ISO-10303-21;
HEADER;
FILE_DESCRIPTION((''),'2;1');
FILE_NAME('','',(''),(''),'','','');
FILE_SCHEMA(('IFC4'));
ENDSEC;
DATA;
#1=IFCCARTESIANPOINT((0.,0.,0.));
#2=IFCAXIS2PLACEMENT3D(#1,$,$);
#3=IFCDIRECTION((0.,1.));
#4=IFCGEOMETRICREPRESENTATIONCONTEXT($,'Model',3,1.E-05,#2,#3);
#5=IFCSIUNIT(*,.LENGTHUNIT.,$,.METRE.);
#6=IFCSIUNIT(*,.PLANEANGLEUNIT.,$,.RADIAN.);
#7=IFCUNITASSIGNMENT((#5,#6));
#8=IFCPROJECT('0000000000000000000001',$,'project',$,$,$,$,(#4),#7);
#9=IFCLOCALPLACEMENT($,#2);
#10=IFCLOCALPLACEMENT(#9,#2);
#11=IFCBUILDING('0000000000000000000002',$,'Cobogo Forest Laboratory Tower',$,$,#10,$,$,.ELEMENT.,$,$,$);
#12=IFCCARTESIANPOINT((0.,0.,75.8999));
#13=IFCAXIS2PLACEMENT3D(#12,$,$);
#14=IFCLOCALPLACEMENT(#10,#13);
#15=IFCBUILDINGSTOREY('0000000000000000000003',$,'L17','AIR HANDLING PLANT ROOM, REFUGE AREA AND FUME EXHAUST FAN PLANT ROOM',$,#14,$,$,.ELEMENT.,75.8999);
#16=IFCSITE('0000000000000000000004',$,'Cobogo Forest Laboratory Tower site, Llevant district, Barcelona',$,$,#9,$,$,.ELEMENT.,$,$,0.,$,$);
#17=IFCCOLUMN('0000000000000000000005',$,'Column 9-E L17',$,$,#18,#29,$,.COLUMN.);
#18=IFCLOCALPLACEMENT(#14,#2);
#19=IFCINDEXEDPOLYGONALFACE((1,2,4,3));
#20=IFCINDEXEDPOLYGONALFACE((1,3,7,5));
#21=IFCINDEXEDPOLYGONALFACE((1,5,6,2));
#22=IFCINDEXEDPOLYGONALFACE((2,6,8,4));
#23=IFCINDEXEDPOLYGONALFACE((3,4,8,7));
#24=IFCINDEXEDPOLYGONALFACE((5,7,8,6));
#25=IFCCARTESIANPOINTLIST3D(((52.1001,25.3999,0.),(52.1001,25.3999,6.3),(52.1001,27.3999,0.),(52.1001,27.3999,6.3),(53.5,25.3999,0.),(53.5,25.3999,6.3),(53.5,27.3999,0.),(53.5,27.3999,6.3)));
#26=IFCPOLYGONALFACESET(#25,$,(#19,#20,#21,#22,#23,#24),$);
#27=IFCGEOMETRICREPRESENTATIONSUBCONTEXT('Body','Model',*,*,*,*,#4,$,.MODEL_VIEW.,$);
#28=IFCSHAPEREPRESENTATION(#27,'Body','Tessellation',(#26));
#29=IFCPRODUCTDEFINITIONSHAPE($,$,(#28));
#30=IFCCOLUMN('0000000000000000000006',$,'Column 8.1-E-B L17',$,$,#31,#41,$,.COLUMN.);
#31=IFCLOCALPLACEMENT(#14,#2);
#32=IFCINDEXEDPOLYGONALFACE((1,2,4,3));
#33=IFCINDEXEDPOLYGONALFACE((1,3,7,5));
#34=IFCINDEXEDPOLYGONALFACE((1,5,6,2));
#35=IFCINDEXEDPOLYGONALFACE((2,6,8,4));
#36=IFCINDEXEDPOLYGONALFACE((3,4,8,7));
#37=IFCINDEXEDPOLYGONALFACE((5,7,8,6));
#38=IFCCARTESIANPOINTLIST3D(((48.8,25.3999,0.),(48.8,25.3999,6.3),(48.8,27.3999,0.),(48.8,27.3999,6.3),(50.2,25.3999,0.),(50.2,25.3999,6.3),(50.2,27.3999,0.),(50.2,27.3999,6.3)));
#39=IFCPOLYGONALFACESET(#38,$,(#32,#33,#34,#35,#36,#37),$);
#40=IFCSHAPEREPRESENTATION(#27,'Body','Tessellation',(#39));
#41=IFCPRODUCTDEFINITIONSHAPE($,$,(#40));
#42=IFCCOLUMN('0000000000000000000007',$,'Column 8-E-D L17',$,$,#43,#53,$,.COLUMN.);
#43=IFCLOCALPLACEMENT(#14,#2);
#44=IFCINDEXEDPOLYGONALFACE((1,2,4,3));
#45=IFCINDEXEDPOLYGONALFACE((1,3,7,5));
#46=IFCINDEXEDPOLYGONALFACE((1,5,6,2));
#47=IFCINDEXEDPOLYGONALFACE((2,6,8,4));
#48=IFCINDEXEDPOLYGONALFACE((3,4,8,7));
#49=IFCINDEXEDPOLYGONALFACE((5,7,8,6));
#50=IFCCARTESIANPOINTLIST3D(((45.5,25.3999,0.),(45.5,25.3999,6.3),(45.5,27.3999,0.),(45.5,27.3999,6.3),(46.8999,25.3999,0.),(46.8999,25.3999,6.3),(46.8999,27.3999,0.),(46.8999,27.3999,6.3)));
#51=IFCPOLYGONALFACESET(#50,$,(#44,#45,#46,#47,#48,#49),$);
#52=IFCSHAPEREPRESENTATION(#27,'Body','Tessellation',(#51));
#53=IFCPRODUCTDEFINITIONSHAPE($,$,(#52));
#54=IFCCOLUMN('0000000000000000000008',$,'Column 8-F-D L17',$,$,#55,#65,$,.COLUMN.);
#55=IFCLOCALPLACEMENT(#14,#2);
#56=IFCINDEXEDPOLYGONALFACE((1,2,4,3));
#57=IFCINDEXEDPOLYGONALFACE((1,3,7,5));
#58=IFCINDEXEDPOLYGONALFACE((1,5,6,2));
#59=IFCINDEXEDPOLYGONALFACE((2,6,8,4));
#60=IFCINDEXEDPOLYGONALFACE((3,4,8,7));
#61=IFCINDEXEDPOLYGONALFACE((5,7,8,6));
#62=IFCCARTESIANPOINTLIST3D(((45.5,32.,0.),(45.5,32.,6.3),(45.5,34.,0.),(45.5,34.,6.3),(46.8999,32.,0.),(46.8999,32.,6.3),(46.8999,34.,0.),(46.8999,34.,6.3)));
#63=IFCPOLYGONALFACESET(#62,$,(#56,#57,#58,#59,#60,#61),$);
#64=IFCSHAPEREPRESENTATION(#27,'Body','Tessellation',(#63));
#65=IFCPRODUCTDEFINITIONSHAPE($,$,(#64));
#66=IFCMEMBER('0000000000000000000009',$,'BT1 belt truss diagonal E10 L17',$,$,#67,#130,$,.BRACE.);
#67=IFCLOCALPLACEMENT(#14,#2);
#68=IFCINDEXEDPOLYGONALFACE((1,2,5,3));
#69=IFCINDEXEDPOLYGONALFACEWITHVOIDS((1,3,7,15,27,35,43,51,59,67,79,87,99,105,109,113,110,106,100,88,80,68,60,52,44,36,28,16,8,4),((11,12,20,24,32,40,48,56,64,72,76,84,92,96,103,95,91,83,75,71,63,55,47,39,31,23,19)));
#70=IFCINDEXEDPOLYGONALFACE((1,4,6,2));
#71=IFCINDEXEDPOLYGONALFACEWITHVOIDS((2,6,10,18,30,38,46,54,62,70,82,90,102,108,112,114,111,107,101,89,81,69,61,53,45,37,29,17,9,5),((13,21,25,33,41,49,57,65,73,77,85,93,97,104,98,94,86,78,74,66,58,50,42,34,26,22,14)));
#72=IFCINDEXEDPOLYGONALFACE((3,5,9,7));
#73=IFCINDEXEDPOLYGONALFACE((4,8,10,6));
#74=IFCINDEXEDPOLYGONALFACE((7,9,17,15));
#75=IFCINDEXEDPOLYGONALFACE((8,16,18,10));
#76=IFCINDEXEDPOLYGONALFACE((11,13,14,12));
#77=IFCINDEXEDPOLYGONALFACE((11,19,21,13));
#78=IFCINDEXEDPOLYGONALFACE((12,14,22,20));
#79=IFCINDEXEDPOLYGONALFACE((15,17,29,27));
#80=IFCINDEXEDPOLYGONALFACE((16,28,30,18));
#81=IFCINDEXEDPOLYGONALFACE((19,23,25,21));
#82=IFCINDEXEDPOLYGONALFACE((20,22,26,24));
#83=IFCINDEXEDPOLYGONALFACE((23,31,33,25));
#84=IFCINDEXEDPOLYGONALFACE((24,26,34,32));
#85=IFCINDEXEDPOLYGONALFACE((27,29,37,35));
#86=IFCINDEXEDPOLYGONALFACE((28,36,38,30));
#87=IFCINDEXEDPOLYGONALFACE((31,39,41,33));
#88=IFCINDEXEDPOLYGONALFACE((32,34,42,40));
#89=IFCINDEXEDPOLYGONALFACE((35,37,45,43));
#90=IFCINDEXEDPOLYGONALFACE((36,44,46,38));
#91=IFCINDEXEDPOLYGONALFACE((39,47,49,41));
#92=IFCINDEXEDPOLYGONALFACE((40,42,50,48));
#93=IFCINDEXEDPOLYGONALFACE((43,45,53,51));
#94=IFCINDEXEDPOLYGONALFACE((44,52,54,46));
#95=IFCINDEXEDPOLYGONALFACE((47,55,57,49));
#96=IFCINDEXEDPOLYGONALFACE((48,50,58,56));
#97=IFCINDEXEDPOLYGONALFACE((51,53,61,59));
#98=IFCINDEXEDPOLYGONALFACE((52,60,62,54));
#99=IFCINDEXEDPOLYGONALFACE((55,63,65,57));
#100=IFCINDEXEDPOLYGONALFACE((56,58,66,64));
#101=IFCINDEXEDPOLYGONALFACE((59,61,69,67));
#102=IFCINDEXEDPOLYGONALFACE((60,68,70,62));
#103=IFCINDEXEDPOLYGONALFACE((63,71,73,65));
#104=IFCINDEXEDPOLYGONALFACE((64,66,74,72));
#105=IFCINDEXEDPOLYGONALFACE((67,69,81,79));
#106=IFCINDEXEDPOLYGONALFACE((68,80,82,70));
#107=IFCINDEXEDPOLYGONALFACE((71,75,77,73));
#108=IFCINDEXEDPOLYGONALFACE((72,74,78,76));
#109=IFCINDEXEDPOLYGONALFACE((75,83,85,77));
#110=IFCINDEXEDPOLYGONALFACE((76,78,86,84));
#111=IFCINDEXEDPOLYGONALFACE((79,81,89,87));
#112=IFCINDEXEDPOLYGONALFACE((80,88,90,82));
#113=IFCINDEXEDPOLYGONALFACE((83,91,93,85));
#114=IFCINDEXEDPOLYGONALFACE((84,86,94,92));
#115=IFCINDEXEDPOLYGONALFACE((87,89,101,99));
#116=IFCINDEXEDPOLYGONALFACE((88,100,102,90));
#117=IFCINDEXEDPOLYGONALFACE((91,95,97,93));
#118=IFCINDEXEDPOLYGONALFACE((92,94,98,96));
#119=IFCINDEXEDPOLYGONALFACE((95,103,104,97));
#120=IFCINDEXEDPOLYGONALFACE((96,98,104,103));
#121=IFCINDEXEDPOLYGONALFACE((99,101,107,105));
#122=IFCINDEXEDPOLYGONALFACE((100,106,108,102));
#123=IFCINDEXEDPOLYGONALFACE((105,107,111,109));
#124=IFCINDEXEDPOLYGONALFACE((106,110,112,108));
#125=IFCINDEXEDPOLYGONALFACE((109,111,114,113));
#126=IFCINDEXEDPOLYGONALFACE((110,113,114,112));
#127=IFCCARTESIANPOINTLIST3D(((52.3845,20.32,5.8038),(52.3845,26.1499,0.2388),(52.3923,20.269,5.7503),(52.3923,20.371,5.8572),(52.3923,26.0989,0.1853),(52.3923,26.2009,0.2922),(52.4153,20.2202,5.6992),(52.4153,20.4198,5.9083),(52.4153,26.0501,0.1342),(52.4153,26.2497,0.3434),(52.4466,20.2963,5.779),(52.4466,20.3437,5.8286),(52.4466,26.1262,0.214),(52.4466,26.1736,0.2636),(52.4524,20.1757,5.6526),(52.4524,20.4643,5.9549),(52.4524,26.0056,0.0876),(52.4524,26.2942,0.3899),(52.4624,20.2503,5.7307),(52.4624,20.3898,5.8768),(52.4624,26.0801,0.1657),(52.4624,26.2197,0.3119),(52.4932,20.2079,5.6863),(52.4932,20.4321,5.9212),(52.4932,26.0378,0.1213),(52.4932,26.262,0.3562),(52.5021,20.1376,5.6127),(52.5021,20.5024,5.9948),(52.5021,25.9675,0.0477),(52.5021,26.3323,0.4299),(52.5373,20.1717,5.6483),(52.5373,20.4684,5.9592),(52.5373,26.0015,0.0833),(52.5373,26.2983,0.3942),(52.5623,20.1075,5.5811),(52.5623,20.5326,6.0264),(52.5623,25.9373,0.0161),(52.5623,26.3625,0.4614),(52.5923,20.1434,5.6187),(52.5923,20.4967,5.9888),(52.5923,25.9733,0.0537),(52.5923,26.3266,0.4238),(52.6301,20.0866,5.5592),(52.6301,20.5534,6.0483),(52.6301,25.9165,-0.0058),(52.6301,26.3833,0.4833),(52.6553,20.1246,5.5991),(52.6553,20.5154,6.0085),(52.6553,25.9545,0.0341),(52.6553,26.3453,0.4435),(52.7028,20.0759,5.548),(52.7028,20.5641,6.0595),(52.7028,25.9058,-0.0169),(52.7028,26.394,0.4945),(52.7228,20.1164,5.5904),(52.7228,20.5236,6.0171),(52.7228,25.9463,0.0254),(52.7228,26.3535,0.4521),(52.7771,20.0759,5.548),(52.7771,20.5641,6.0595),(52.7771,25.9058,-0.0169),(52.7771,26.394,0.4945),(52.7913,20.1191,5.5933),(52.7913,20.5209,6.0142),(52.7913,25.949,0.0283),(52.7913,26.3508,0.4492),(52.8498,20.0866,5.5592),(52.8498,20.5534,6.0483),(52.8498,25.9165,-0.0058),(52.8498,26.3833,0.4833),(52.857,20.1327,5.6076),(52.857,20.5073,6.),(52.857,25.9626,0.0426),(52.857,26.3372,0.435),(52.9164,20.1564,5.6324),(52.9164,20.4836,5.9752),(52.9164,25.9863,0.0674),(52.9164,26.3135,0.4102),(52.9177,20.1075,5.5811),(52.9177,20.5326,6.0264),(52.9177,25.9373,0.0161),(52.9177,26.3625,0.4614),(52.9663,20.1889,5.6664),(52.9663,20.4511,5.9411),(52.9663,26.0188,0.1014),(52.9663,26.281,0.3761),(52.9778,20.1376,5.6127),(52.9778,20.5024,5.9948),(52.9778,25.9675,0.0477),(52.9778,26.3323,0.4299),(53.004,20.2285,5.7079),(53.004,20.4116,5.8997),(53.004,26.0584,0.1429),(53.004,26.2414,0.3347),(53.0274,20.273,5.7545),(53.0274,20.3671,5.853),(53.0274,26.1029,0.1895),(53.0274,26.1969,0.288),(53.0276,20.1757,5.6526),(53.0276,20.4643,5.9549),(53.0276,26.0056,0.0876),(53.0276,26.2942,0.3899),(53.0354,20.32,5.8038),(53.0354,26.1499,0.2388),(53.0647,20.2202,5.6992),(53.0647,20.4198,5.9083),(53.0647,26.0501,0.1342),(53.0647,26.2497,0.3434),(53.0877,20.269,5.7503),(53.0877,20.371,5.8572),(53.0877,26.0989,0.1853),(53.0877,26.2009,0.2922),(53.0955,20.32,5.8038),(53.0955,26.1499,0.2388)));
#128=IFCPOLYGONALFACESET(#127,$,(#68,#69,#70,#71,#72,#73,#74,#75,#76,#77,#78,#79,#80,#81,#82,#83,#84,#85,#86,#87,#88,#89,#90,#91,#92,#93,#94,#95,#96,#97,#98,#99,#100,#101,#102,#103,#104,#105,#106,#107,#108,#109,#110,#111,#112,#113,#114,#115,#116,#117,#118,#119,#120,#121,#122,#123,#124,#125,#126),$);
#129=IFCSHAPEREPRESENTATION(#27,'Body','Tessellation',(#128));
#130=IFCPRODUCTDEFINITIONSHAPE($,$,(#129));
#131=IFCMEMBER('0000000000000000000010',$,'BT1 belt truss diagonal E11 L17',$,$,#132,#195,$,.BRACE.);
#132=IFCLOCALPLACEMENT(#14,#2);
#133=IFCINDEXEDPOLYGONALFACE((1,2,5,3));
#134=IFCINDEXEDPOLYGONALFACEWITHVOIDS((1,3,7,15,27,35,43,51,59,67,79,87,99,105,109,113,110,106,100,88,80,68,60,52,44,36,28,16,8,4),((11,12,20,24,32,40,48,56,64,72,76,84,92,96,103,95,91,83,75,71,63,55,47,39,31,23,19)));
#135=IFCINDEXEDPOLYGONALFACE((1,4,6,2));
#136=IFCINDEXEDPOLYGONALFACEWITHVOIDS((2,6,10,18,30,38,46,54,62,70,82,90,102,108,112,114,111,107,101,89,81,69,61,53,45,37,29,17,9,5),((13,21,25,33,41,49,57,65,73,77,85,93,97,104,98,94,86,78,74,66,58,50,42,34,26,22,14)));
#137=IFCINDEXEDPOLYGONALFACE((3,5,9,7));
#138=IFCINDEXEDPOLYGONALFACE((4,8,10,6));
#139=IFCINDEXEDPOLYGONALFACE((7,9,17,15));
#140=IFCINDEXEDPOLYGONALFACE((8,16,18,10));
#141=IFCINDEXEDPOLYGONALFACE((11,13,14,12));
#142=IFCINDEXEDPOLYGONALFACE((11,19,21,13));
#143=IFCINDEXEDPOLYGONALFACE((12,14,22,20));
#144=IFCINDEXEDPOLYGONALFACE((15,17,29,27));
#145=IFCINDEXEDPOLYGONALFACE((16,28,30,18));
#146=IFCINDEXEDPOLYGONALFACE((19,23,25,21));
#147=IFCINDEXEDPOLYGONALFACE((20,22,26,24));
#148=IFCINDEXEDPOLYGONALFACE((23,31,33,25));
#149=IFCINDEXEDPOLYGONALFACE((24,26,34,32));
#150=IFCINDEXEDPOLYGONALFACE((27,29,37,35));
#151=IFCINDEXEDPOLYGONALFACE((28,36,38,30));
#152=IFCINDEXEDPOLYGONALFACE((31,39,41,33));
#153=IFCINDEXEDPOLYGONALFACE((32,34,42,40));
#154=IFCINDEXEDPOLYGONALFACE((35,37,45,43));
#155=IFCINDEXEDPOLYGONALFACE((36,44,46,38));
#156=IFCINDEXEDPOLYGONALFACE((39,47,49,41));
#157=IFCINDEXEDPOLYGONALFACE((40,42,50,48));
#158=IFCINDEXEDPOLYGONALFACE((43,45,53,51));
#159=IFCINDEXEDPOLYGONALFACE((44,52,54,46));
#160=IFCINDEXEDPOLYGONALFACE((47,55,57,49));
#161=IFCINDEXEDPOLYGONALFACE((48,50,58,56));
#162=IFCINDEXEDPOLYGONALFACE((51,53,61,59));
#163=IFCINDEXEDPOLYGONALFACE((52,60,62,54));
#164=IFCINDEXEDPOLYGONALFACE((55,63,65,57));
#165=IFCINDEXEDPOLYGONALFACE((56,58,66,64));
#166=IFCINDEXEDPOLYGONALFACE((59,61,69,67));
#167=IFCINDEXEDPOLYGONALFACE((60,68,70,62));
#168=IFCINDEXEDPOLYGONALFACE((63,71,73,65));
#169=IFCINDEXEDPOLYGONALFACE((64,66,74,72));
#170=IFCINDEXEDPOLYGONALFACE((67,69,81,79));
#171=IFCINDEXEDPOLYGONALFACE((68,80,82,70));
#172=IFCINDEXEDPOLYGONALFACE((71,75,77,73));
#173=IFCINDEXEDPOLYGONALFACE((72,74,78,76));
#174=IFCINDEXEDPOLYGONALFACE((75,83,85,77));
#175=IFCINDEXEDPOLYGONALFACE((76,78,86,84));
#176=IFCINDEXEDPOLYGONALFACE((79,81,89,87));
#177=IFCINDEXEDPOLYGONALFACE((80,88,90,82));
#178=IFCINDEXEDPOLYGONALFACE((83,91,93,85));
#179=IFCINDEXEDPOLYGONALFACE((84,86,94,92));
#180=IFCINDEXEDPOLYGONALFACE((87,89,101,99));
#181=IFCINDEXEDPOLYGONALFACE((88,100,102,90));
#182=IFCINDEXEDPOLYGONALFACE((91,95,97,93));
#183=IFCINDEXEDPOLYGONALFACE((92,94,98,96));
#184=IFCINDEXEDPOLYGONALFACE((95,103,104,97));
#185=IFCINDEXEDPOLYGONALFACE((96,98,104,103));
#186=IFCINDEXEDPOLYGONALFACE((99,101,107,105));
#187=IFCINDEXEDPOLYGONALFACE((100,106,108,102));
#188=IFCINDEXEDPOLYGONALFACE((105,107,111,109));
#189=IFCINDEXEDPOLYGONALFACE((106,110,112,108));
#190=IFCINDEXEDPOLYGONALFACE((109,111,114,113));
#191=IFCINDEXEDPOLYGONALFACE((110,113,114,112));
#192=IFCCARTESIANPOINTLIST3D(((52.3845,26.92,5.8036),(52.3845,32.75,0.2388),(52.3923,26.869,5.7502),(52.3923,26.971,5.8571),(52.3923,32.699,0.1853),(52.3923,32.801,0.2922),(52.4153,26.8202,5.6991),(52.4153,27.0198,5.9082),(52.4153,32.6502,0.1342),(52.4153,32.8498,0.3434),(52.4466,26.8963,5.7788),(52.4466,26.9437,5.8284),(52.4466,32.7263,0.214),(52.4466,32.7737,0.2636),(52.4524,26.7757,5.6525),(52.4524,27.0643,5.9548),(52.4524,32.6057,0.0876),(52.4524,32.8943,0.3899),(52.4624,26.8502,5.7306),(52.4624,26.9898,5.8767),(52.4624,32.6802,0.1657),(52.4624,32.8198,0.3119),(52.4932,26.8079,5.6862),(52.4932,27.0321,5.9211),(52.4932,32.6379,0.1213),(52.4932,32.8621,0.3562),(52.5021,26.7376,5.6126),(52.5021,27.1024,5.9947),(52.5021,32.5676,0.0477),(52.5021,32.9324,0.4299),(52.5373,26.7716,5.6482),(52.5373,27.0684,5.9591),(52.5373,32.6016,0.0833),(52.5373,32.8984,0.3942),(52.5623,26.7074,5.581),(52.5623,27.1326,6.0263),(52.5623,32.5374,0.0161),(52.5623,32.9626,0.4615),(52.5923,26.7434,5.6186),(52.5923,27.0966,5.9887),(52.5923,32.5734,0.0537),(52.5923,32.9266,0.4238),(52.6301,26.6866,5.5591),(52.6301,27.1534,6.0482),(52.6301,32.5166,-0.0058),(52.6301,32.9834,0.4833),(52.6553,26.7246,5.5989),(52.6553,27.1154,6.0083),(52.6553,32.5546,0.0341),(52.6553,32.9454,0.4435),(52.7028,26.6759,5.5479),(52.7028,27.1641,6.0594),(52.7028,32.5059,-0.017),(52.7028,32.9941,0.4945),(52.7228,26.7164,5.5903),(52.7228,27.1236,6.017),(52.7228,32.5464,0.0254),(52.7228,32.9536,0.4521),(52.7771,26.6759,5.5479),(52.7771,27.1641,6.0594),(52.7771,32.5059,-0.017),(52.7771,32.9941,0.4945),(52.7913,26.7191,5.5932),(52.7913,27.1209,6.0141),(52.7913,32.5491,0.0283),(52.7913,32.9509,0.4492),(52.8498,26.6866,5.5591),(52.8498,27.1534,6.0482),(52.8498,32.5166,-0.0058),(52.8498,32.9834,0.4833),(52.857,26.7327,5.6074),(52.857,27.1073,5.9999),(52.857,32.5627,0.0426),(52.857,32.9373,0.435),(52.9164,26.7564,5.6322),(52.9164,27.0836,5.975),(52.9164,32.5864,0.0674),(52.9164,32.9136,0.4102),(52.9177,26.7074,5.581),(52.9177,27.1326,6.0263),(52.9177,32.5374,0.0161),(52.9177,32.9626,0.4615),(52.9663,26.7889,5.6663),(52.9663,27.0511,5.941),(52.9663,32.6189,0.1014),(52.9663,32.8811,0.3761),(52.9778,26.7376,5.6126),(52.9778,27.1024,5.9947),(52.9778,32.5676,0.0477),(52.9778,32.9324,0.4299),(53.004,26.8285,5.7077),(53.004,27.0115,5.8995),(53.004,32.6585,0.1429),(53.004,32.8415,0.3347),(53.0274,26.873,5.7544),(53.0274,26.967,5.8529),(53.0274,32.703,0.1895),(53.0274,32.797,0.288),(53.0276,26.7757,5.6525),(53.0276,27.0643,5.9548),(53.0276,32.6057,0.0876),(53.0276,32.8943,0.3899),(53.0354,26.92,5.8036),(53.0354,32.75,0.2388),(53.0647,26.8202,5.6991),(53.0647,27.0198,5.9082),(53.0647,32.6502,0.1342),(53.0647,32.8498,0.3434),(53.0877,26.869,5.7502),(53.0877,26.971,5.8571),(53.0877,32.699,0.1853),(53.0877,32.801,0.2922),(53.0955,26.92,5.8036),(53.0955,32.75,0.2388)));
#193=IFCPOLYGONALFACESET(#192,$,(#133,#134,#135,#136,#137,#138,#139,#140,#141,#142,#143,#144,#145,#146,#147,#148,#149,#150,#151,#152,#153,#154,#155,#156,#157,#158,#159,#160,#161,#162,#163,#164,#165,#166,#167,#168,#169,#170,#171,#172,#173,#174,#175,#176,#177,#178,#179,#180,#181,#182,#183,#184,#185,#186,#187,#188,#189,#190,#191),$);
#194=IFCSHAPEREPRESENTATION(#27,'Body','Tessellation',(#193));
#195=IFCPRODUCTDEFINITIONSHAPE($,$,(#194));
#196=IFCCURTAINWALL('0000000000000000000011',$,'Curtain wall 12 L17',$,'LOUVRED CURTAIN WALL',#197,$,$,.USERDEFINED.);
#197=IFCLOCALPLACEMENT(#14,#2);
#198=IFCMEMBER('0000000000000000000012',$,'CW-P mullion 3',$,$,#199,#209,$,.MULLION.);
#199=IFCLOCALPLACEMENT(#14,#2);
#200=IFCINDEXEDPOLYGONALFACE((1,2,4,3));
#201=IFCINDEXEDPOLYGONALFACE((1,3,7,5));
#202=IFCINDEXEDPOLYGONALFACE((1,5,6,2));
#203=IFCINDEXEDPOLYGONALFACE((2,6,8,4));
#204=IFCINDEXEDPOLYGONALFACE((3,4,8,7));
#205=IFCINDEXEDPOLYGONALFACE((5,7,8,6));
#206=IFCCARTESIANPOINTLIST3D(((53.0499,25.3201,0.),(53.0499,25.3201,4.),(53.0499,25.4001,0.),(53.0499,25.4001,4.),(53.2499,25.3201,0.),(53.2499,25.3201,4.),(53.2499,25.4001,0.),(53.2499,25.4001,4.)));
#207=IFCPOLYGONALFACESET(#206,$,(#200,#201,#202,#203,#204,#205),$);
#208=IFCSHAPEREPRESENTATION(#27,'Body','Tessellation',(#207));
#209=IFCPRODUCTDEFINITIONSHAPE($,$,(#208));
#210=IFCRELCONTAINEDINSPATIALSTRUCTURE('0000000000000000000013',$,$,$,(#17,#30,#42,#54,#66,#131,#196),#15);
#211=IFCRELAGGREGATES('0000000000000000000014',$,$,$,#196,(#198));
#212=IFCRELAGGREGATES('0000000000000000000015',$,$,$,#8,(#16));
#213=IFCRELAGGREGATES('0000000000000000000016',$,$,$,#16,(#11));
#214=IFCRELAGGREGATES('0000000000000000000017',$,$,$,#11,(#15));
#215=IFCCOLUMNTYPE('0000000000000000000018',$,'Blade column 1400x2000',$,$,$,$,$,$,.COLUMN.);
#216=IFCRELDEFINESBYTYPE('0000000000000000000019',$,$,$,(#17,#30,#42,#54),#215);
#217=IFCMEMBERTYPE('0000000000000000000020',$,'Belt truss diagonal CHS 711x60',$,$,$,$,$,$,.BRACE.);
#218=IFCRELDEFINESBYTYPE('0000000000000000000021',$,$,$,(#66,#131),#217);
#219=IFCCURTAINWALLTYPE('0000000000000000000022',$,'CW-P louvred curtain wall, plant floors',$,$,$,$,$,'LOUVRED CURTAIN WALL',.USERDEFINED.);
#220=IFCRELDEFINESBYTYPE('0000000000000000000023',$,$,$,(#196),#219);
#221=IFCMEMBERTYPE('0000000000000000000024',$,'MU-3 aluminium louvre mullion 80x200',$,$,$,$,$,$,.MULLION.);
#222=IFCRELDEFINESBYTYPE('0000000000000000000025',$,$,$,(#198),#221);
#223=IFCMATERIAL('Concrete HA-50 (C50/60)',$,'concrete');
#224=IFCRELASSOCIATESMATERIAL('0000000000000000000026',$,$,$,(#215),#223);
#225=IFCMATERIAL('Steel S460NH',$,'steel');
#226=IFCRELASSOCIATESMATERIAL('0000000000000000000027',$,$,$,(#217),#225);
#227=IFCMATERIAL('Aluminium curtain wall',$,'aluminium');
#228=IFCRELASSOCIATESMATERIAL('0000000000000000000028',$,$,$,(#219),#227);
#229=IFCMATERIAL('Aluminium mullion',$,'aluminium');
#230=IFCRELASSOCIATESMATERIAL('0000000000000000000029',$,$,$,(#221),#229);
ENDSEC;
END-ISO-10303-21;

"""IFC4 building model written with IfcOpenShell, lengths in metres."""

from ifc_helpers import new_model, si_unit, direction, frame, origin, origin_2d, place, context, subcontext, project, spatial, rectangle, hollow_circle, extrude, material, material_profile, profile_set, type_object, element, aggregate, save


model = new_model("IFC4")

# Units and contexts
model_context = context("Model", 3, precision=1e-05, world=origin(), true_north=direction((0.0, 1.0)))
body_context = subcontext(model_context, "Body", "Model", "MODEL_VIEW")
ifc_project = project(units=[si_unit("LENGTHUNIT", "METRE"), si_unit("PLANEANGLEUNIT", "RADIAN")], contexts=[model_context])

# Site, building, storey
site_placement = place(None, origin())
site = spatial("IfcSite", under=ifc_project, at=site_placement, Name="Cobogo Forest Laboratory Tower site, Llevant district, Barcelona", CompositionType="ELEMENT", RefElevation=0.0)
building_placement = place(site_placement, origin())
building = spatial("IfcBuilding", under=site, at=building_placement, Name="Cobogo Forest Laboratory Tower", CompositionType="ELEMENT")
storey_placement = place(building_placement, frame((0.0, 0.0, 75.8999)))
storey = spatial("IfcBuildingStorey", under=building, at=storey_placement, Name="L17", Description="AIR HANDLING PLANT ROOM, REFUGE AREA AND FUME EXHAUST FAN PLANT ROOM", CompositionType="ELEMENT", Elevation=75.8999)

# Columns
ifc_material_1 = material(Name="Concrete HA-50 (C50/60)", Category="concrete")
ifc_material_profile_1 = material_profile(ifc_material_1, rectangle(XDim=2.0, YDim=1.3999, at=origin_2d()), Name="RC 1400x2000")
ifc_profile_set_1 = profile_set([ifc_material_profile_1], Name="Concrete HA-50 (C50/60)")
column_type = type_object("IfcColumnType", Name="Blade column 1400x2000", PredefinedType="COLUMN", material=ifc_profile_set_1)
for number, where, z_axis, x_axis, name in (
    (1, (52.8, 26.3999, 0.0), (0.0, 0.0, 1.0), (0.0, 1.0, 0.0), "Column 9-E L17"),
    (2, (49.5, 26.3999, 0.0), (0.0, 0.0, 1.0), (0.0, 1.0, 0.0), "Column 8.1-E-B L17"),
    (3, (46.2, 26.3999, 0.0), (0.0, 0.0, 1.0), (0.0, 1.0, 0.0), "Column 8-E-D L17"),
    (4, (46.2, 33.0, 0.0), (0.0, 0.0, 1.0), (0.0, 1.0, 0.0), "Column 8-F-D L17"),
):
    element("IfcColumn", number, at=place(storey_placement, frame(where, z_axis=z_axis, x_axis=x_axis)), inside=storey, type_object=column_type, Name=name, PredefinedType="COLUMN", context=body_context, shape_type="SweptSolid", body=[
        extrude(rectangle(XDim=2.0, YDim=1.3999, at=origin_2d()), origin(), (0.0, 0.0, 1.0), 6.3),
    ])

# Members
ifc_material_2 = material(Name="Steel S460NH", Category="steel")
ifc_material_profile_2 = material_profile(ifc_material_2, hollow_circle(Radius=0.3555, WallThickness=0.0601, at=origin_2d()), Name="CHS 711x60")
ifc_profile_set_2 = profile_set([ifc_material_profile_2], Name="Steel S460NH")
member_type_1 = type_object("IfcMemberType", Name="Belt truss diagonal CHS 711x60", PredefinedType="BRACE", material=ifc_profile_set_2)
for number, where, z_axis, x_axis, name in (
    (5, (52.74, 26.1499, 0.2388), (0.0, -0.723349, 0.690482), (1.0, 0.0, 0.0), "BT1 belt truss diagonal E10 L17"),
    (6, (52.74, 32.75, 0.2388), (0.0, -0.723364, 0.690467), (1.0, 0.0, 0.0), "BT1 belt truss diagonal E11 L17"),
):
    element("IfcMember", number, at=place(storey_placement, frame(where, z_axis=z_axis, x_axis=x_axis)), inside=storey, type_object=member_type_1, Name=name, PredefinedType="BRACE", context=body_context, shape_type="SweptSolid", body=[
        extrude(hollow_circle(Radius=0.3555, WallThickness=0.0601, at=origin_2d()), origin(), (0.0, 0.0, 1.0), 8.0596),
    ])

# Curtain wall, member
ifc_material_3 = material(Name="Aluminium curtain wall", Category="aluminium")
curtain_wall_type = type_object("IfcCurtainWallType", Name="CW-P louvred curtain wall, plant floors", ElementType="LOUVRED CURTAIN WALL", PredefinedType="USERDEFINED", material=ifc_material_3)
curtain_wall_1_placement = place(storey_placement, origin())
curtain_wall_1 = element("IfcCurtainWall", 7, at=curtain_wall_1_placement, inside=storey, type_object=curtain_wall_type, Name="Curtain wall 12 L17", ObjectType="LOUVRED CURTAIN WALL", PredefinedType="USERDEFINED")
ifc_material_4 = material(Name="Aluminium mullion", Category="aluminium")
ifc_material_profile_3 = material_profile(ifc_material_4, rectangle(XDim=0.0801, YDim=0.2, at=origin_2d()), Name="AL 80x200")
ifc_profile_set_3 = profile_set([ifc_material_profile_3], Name="Aluminium mullion")
member_type_2 = type_object("IfcMemberType", Name="MU-3 aluminium louvre mullion 80x200", PredefinedType="MULLION", material=ifc_profile_set_3)
member_1_placement = place(storey_placement, frame((53.1499, 25.3601, 0.0), z_axis=(0.0, 0.0, 1.0), x_axis=(0.0, 1.0, 0.0)))
member_1 = element("IfcMember", 8, at=member_1_placement, type_object=member_type_2, Name="CW-P mullion 3", PredefinedType="MULLION", context=body_context, shape_type="SweptSolid", body=[
    extrude(rectangle(XDim=0.0801, YDim=0.2, at=origin_2d()), origin(), (0.0, 0.0, 1.0), 4.0),
])
aggregate(curtain_wall_1, [member_1])

save(model, "model.ifc")
